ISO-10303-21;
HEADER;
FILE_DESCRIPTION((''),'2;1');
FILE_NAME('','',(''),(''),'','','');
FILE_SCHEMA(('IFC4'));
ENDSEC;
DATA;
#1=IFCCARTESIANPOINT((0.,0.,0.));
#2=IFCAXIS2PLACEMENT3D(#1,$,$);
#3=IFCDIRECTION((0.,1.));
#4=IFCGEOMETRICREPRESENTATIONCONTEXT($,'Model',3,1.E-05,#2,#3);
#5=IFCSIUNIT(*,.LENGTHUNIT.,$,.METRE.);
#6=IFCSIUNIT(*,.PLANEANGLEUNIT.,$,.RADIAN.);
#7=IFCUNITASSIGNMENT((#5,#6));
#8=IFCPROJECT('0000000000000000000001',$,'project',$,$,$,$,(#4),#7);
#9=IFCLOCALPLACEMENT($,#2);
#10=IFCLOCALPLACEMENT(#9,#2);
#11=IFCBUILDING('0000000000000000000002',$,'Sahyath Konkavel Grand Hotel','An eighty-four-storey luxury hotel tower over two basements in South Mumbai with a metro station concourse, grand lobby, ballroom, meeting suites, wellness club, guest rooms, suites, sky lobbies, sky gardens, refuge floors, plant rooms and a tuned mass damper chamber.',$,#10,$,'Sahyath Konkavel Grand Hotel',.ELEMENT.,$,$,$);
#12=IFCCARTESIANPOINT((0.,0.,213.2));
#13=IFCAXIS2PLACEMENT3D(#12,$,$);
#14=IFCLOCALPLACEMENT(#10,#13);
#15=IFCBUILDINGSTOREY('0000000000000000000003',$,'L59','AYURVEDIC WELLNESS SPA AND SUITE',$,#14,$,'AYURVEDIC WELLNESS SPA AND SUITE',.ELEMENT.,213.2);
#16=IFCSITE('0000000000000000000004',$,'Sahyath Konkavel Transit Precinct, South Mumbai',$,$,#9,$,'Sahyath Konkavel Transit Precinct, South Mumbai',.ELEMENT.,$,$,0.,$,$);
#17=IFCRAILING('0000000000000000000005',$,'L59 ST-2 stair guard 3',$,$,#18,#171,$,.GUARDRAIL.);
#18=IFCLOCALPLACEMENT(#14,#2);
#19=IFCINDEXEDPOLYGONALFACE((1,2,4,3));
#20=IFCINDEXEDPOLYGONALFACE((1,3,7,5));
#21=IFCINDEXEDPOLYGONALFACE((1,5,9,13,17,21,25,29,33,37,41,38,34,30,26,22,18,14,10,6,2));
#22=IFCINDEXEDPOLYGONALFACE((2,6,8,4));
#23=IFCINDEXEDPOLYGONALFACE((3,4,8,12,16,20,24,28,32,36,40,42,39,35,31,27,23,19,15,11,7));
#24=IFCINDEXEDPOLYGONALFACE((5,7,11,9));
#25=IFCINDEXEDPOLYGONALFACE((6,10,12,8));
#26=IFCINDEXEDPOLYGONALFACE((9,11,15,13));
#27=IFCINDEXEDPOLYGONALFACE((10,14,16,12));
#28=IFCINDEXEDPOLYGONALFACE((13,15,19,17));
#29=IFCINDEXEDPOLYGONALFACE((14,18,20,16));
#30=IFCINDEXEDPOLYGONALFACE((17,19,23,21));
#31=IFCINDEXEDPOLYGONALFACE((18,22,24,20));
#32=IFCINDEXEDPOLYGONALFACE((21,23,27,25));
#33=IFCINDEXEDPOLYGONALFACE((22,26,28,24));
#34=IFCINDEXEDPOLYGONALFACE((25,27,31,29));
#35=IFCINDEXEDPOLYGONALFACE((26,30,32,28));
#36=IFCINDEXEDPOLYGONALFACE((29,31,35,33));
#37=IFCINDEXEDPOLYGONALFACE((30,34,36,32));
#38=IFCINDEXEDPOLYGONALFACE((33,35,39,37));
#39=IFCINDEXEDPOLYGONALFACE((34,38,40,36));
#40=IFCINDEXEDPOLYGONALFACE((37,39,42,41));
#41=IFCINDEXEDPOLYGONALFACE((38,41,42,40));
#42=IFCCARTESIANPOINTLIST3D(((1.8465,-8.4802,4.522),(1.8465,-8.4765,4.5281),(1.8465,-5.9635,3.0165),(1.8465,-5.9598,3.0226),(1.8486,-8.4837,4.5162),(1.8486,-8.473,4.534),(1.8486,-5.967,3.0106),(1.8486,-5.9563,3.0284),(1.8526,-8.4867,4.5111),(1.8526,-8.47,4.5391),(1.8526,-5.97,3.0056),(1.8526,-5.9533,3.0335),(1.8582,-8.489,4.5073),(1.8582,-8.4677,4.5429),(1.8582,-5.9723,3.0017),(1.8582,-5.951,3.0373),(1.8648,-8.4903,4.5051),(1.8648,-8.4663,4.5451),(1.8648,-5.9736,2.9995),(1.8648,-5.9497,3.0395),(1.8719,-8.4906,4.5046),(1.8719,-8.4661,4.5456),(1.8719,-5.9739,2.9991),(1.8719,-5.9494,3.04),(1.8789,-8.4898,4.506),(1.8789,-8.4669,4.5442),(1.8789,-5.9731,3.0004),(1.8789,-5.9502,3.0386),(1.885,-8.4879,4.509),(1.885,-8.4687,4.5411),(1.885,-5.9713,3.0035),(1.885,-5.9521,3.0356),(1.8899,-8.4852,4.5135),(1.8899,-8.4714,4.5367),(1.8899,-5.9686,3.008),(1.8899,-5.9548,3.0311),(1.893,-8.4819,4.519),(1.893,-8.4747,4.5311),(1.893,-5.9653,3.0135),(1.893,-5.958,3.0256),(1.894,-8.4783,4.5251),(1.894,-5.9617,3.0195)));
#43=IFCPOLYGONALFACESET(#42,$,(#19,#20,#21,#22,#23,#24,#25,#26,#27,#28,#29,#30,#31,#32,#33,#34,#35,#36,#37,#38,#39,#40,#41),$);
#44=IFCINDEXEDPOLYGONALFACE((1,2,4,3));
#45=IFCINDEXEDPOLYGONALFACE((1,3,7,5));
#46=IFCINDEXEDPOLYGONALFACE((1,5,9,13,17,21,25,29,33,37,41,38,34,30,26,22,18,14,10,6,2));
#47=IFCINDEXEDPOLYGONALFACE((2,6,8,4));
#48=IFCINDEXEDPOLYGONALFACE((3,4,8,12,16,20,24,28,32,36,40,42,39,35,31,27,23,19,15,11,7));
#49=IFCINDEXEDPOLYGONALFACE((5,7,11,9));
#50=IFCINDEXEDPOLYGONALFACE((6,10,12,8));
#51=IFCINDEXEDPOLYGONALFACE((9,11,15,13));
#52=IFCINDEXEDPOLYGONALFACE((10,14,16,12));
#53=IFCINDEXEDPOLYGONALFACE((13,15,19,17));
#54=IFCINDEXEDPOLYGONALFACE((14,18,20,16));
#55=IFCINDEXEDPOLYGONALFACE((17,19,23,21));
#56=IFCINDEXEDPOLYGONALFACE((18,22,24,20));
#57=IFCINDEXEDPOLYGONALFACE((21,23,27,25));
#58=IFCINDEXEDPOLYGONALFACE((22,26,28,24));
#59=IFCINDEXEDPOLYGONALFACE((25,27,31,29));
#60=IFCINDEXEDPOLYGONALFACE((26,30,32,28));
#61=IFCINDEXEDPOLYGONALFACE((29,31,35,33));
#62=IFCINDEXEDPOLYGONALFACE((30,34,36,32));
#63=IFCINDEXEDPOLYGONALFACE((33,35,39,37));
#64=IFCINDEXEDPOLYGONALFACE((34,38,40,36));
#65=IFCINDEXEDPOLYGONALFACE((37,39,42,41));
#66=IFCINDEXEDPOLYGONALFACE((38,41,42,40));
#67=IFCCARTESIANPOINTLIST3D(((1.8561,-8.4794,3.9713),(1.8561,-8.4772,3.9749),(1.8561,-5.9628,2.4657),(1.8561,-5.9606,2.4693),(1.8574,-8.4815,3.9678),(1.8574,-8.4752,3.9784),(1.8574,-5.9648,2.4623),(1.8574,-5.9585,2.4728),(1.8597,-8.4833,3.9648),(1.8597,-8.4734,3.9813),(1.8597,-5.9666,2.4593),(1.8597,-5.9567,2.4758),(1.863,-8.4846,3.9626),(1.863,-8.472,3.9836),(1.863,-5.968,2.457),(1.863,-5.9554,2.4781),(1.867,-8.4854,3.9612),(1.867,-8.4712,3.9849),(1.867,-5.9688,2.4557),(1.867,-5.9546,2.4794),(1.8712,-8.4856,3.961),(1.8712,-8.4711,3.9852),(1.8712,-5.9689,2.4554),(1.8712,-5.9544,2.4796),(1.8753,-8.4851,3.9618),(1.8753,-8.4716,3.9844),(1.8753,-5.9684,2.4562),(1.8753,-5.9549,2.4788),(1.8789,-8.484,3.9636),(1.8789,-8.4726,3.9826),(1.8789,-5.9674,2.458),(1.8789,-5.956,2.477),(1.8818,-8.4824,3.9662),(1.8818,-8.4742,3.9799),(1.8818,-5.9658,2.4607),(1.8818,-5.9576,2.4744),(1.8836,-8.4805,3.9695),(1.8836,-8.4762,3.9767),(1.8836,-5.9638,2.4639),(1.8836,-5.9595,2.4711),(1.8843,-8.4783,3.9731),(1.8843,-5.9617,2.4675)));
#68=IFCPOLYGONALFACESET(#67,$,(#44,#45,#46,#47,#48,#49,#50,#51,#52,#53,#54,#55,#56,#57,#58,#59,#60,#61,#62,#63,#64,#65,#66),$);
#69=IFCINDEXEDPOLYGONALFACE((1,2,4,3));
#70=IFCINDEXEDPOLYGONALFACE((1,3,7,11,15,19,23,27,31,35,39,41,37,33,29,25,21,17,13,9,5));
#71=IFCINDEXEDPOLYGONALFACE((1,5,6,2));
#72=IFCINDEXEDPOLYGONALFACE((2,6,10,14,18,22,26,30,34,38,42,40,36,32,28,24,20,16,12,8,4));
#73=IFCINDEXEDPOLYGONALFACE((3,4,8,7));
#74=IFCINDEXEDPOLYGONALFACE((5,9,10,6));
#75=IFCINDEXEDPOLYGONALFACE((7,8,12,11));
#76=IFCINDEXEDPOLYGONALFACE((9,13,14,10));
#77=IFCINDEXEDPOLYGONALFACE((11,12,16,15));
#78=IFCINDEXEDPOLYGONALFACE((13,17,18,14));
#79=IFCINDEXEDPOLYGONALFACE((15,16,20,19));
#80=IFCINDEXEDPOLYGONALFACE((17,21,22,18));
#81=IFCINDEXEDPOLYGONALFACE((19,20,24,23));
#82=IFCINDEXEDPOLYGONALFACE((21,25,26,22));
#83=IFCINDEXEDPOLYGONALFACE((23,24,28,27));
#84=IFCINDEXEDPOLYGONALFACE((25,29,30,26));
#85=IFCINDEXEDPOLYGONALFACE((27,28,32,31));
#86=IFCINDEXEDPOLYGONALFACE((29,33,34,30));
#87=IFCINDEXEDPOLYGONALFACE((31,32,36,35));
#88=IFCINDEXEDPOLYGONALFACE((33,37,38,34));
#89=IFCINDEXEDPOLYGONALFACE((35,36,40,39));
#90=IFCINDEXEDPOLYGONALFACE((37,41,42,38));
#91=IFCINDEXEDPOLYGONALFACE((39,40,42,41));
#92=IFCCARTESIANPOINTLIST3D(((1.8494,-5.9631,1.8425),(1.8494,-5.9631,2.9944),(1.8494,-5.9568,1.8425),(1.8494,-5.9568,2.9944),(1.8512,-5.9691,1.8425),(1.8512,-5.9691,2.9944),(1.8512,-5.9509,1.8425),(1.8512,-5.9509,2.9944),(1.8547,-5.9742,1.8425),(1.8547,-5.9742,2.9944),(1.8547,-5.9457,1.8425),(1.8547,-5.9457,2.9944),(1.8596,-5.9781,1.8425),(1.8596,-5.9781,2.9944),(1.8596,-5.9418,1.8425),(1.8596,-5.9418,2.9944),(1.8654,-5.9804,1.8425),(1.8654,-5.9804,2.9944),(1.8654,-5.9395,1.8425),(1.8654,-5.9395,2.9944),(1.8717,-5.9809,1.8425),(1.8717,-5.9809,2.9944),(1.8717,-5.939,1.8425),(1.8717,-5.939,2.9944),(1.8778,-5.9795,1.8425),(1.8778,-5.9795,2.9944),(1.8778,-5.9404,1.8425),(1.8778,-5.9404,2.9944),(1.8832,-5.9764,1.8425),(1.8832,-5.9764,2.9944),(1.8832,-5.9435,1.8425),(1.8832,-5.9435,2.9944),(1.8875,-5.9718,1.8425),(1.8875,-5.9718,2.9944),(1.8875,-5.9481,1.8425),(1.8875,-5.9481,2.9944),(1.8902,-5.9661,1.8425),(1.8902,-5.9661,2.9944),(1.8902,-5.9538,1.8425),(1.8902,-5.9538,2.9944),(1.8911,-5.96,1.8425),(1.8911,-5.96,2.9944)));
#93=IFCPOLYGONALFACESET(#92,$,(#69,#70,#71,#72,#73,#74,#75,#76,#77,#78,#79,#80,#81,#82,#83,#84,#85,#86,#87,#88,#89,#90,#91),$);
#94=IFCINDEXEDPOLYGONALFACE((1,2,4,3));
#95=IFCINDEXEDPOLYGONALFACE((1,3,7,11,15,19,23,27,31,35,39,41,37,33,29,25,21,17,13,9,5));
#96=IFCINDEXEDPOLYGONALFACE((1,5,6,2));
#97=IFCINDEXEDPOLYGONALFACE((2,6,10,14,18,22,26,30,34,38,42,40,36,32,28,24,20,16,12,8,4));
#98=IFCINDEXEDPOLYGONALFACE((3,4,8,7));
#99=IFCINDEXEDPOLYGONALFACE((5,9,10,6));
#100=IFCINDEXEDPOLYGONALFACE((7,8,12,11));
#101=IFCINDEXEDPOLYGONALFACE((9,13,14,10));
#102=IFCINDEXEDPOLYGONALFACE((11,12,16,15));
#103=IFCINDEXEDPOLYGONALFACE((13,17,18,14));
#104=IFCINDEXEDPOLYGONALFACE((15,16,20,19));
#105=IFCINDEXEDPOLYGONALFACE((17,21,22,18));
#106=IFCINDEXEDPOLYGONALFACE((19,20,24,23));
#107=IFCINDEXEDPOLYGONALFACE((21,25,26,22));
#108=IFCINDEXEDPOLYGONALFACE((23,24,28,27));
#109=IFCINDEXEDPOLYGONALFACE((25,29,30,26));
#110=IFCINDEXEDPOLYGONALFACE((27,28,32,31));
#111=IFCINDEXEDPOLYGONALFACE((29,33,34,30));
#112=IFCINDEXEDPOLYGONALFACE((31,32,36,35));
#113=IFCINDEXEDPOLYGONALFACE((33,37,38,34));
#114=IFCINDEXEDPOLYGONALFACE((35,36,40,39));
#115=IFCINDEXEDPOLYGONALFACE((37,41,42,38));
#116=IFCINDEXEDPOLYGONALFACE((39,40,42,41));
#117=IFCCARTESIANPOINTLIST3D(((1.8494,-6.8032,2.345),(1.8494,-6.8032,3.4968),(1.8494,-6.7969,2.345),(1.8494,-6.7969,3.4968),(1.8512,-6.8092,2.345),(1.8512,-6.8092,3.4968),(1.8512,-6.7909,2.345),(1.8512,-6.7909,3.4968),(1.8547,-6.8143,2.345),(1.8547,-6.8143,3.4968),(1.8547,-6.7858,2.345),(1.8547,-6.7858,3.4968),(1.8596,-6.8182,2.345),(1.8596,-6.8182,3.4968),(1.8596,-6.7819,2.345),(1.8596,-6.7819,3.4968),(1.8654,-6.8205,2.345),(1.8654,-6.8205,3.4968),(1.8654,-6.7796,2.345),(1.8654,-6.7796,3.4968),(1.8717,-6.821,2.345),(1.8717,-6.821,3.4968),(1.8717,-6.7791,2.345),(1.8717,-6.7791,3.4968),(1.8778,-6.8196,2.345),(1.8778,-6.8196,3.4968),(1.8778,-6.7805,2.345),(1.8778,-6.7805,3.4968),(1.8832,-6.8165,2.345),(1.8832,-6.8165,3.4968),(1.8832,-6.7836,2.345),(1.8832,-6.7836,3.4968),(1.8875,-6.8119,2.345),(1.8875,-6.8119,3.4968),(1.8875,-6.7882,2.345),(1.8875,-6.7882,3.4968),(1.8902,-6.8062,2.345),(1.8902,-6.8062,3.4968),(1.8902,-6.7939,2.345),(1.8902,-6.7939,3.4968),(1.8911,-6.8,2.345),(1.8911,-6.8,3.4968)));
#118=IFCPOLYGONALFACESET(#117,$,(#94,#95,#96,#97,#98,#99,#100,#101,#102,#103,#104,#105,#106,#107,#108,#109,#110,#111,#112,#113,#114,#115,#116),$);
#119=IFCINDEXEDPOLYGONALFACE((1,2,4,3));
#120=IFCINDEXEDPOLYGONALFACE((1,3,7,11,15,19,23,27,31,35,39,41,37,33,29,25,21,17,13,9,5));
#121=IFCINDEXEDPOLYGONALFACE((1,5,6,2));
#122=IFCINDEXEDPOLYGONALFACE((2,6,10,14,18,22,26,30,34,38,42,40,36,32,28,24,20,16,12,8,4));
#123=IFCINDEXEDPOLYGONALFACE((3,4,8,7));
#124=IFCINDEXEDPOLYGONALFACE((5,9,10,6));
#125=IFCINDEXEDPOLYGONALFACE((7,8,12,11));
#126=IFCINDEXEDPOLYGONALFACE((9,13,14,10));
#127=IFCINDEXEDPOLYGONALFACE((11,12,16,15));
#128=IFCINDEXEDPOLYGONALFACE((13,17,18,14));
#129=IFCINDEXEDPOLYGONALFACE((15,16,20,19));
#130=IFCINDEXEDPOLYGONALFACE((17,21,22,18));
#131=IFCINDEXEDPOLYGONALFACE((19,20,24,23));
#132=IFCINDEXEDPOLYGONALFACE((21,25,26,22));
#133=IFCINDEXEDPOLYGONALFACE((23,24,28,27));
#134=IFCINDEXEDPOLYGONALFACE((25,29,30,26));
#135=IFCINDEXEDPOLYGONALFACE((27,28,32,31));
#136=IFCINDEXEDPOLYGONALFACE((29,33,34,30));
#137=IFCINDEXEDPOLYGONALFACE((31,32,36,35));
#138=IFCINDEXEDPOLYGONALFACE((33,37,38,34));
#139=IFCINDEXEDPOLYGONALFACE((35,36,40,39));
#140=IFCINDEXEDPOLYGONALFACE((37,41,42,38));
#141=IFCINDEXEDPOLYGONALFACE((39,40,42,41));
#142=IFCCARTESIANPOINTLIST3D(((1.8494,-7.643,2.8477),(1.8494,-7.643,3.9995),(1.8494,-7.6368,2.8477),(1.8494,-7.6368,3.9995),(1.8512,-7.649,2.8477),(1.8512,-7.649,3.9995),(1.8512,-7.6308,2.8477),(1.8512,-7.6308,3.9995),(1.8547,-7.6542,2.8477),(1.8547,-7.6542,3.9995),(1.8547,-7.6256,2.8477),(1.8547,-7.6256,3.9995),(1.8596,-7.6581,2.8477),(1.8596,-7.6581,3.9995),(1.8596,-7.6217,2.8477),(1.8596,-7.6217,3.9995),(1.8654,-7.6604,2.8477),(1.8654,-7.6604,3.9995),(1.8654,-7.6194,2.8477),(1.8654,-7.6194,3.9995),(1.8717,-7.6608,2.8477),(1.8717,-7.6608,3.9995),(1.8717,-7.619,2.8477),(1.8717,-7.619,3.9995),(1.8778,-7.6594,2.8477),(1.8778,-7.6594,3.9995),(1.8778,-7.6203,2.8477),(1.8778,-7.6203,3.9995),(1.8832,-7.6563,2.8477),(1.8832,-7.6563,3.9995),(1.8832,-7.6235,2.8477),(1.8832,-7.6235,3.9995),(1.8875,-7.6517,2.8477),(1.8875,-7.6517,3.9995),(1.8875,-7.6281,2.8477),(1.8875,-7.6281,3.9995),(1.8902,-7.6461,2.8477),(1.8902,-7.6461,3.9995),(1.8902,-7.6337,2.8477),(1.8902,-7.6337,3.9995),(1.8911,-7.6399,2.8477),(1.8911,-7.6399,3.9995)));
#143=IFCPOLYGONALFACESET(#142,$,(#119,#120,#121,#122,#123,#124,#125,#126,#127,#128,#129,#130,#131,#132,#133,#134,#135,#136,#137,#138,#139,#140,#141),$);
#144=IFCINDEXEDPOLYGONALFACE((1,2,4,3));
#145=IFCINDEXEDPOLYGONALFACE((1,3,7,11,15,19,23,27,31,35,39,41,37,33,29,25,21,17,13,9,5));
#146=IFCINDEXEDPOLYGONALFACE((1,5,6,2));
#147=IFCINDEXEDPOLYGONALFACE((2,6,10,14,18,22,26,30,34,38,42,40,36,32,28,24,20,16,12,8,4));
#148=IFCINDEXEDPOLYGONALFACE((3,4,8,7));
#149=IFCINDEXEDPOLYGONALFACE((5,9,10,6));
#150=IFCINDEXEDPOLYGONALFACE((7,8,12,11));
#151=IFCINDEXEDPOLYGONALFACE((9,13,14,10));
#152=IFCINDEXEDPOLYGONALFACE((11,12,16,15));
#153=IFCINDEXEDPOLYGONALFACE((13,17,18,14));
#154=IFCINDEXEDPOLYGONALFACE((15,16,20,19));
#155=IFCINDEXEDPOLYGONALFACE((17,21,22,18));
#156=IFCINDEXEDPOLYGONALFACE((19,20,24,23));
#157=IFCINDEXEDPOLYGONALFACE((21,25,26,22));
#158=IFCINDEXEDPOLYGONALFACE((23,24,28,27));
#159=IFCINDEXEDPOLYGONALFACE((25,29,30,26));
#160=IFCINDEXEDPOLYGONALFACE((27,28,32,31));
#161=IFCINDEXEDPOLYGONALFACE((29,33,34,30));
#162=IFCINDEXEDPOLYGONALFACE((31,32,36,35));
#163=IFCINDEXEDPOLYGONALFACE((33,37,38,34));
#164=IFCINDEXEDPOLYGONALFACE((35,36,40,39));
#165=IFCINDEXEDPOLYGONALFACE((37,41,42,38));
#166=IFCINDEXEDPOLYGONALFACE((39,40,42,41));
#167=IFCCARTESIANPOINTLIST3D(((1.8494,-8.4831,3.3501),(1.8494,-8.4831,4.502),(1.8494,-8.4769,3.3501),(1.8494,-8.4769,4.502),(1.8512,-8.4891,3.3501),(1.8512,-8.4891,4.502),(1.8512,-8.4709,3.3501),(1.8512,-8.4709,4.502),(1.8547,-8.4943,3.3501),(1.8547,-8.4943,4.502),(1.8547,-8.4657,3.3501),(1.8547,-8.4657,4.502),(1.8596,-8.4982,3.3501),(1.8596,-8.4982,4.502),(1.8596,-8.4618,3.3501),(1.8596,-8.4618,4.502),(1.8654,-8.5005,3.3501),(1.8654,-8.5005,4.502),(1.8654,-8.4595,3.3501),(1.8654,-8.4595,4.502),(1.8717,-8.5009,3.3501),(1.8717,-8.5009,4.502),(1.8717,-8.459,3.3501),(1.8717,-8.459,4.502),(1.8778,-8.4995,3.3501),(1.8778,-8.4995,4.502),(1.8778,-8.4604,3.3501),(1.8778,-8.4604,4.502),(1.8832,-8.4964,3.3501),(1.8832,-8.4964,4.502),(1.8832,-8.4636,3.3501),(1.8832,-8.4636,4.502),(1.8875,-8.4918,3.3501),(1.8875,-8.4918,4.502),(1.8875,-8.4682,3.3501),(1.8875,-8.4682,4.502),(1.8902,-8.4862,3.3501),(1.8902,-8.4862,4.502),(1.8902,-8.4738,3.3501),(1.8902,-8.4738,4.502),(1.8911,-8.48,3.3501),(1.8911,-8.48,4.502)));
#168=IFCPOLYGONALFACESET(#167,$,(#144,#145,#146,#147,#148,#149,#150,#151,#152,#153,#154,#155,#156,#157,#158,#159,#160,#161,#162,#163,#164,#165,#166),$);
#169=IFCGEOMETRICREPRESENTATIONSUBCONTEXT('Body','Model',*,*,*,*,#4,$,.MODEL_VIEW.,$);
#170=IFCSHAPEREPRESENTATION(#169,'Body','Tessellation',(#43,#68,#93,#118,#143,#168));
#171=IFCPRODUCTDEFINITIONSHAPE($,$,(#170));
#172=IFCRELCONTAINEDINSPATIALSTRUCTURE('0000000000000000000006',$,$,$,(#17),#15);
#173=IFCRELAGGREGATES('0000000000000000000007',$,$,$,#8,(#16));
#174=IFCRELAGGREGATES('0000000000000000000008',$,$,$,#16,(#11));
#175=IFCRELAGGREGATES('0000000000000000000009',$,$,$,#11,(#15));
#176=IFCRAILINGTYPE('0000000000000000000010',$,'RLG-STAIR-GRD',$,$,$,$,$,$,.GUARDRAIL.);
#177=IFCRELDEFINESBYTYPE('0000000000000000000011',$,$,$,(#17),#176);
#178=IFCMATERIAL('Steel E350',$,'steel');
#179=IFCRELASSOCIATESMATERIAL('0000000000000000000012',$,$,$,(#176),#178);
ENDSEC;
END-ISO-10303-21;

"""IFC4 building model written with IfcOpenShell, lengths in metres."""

from ifc_helpers import new_model, si_unit, direction, frame, origin, origin_2d, place, context, subcontext, project, spatial, circle, extrude, material, type_object, element, save


model = new_model("IFC4")

# Units and contexts
model_context = context("Model", 3, precision=1e-05, world=origin(), true_north=direction((0.0, 1.0)))
body_context = subcontext(model_context, "Body", "Model", "MODEL_VIEW")
ifc_project = project(units=[si_unit("LENGTHUNIT", "METRE"), si_unit("PLANEANGLEUNIT", "RADIAN")], contexts=[model_context])

# Site, building, storey
site_placement = place(None, origin())
site = spatial("IfcSite", under=ifc_project, at=site_placement, Name="Sahyath Konkavel Transit Precinct, South Mumbai", LongName="Sahyath Konkavel Transit Precinct, South Mumbai", CompositionType="ELEMENT", RefElevation=0.0)
building_placement = place(site_placement, origin())
building = spatial("IfcBuilding", under=site, at=building_placement, Name="Sahyath Konkavel Grand Hotel", Description="An eighty-four-storey luxury hotel tower over two basements in South Mumbai with a metro station concourse, grand lobby, ballroom, meeting suites, wellness club, guest rooms, suites, sky lobbies, sky gardens, refuge floors, plant rooms and a tuned mass damper chamber.", LongName="Sahyath Konkavel Grand Hotel", CompositionType="ELEMENT")
storey_placement = place(building_placement, frame((0.0, 0.0, 213.2)))
storey = spatial("IfcBuildingStorey", under=building, at=storey_placement, Name="L59", Description="AYURVEDIC WELLNESS SPA AND SUITE", LongName="AYURVEDIC WELLNESS SPA AND SUITE", CompositionType="ELEMENT", Elevation=213.2)

# Shared definitions
ifc_material_1 = material(Name="Steel E350", Category="steel")

# Railing
railing_type_1 = type_object("IfcRailingType", Name="RLG-STAIR-GRD", PredefinedType="GUARDRAIL", material=ifc_material_1)
railing_1_placement = place(storey_placement, frame((1.8701, -5.96, 1.8425)))
element("IfcRailing", 1, at=railing_1_placement, inside=storey, type_object=railing_type_1, Name="L59 ST-2 stair guard 3", PredefinedType="GUARDRAIL", context=body_context, shape_type="SweptSolid", body=[
    extrude(circle(Radius=0.0239, at=origin_2d()), frame((0.0, -0.0017, 1.177), z_axis=(0.0, -0.85816, 0.513383), x_axis=(1.0, 0.0, 0.0)), (0.0, 0.0, 1.0), 2.9326),
    extrude(circle(Radius=0.0142, at=origin_2d()), frame((0.0, -0.0017, 0.625), z_axis=(0.0, -0.85816, 0.513383), x_axis=(1.0, 0.0, 0.0)), (0.0, 0.0, 1.0), 2.9326),
    extrude(circle(Radius=0.021, at=origin_2d()), origin(), (0.0, 0.0, 1.0), 1.1519),
    extrude(circle(Radius=0.021, at=origin_2d()), frame((0.0, -0.8401, 0.5024)), (0.0, 0.0, 1.0), 1.1519),
    extrude(circle(Radius=0.021, at=origin_2d()), frame((0.0, -1.6799, 1.0051)), (0.0, 0.0, 1.0), 1.1519),
    extrude(circle(Radius=0.021, at=origin_2d()), frame((0.0, -2.52, 1.5076)), (0.0, 0.0, 1.0), 1.1519),
])

save(model, "model.ifc")
